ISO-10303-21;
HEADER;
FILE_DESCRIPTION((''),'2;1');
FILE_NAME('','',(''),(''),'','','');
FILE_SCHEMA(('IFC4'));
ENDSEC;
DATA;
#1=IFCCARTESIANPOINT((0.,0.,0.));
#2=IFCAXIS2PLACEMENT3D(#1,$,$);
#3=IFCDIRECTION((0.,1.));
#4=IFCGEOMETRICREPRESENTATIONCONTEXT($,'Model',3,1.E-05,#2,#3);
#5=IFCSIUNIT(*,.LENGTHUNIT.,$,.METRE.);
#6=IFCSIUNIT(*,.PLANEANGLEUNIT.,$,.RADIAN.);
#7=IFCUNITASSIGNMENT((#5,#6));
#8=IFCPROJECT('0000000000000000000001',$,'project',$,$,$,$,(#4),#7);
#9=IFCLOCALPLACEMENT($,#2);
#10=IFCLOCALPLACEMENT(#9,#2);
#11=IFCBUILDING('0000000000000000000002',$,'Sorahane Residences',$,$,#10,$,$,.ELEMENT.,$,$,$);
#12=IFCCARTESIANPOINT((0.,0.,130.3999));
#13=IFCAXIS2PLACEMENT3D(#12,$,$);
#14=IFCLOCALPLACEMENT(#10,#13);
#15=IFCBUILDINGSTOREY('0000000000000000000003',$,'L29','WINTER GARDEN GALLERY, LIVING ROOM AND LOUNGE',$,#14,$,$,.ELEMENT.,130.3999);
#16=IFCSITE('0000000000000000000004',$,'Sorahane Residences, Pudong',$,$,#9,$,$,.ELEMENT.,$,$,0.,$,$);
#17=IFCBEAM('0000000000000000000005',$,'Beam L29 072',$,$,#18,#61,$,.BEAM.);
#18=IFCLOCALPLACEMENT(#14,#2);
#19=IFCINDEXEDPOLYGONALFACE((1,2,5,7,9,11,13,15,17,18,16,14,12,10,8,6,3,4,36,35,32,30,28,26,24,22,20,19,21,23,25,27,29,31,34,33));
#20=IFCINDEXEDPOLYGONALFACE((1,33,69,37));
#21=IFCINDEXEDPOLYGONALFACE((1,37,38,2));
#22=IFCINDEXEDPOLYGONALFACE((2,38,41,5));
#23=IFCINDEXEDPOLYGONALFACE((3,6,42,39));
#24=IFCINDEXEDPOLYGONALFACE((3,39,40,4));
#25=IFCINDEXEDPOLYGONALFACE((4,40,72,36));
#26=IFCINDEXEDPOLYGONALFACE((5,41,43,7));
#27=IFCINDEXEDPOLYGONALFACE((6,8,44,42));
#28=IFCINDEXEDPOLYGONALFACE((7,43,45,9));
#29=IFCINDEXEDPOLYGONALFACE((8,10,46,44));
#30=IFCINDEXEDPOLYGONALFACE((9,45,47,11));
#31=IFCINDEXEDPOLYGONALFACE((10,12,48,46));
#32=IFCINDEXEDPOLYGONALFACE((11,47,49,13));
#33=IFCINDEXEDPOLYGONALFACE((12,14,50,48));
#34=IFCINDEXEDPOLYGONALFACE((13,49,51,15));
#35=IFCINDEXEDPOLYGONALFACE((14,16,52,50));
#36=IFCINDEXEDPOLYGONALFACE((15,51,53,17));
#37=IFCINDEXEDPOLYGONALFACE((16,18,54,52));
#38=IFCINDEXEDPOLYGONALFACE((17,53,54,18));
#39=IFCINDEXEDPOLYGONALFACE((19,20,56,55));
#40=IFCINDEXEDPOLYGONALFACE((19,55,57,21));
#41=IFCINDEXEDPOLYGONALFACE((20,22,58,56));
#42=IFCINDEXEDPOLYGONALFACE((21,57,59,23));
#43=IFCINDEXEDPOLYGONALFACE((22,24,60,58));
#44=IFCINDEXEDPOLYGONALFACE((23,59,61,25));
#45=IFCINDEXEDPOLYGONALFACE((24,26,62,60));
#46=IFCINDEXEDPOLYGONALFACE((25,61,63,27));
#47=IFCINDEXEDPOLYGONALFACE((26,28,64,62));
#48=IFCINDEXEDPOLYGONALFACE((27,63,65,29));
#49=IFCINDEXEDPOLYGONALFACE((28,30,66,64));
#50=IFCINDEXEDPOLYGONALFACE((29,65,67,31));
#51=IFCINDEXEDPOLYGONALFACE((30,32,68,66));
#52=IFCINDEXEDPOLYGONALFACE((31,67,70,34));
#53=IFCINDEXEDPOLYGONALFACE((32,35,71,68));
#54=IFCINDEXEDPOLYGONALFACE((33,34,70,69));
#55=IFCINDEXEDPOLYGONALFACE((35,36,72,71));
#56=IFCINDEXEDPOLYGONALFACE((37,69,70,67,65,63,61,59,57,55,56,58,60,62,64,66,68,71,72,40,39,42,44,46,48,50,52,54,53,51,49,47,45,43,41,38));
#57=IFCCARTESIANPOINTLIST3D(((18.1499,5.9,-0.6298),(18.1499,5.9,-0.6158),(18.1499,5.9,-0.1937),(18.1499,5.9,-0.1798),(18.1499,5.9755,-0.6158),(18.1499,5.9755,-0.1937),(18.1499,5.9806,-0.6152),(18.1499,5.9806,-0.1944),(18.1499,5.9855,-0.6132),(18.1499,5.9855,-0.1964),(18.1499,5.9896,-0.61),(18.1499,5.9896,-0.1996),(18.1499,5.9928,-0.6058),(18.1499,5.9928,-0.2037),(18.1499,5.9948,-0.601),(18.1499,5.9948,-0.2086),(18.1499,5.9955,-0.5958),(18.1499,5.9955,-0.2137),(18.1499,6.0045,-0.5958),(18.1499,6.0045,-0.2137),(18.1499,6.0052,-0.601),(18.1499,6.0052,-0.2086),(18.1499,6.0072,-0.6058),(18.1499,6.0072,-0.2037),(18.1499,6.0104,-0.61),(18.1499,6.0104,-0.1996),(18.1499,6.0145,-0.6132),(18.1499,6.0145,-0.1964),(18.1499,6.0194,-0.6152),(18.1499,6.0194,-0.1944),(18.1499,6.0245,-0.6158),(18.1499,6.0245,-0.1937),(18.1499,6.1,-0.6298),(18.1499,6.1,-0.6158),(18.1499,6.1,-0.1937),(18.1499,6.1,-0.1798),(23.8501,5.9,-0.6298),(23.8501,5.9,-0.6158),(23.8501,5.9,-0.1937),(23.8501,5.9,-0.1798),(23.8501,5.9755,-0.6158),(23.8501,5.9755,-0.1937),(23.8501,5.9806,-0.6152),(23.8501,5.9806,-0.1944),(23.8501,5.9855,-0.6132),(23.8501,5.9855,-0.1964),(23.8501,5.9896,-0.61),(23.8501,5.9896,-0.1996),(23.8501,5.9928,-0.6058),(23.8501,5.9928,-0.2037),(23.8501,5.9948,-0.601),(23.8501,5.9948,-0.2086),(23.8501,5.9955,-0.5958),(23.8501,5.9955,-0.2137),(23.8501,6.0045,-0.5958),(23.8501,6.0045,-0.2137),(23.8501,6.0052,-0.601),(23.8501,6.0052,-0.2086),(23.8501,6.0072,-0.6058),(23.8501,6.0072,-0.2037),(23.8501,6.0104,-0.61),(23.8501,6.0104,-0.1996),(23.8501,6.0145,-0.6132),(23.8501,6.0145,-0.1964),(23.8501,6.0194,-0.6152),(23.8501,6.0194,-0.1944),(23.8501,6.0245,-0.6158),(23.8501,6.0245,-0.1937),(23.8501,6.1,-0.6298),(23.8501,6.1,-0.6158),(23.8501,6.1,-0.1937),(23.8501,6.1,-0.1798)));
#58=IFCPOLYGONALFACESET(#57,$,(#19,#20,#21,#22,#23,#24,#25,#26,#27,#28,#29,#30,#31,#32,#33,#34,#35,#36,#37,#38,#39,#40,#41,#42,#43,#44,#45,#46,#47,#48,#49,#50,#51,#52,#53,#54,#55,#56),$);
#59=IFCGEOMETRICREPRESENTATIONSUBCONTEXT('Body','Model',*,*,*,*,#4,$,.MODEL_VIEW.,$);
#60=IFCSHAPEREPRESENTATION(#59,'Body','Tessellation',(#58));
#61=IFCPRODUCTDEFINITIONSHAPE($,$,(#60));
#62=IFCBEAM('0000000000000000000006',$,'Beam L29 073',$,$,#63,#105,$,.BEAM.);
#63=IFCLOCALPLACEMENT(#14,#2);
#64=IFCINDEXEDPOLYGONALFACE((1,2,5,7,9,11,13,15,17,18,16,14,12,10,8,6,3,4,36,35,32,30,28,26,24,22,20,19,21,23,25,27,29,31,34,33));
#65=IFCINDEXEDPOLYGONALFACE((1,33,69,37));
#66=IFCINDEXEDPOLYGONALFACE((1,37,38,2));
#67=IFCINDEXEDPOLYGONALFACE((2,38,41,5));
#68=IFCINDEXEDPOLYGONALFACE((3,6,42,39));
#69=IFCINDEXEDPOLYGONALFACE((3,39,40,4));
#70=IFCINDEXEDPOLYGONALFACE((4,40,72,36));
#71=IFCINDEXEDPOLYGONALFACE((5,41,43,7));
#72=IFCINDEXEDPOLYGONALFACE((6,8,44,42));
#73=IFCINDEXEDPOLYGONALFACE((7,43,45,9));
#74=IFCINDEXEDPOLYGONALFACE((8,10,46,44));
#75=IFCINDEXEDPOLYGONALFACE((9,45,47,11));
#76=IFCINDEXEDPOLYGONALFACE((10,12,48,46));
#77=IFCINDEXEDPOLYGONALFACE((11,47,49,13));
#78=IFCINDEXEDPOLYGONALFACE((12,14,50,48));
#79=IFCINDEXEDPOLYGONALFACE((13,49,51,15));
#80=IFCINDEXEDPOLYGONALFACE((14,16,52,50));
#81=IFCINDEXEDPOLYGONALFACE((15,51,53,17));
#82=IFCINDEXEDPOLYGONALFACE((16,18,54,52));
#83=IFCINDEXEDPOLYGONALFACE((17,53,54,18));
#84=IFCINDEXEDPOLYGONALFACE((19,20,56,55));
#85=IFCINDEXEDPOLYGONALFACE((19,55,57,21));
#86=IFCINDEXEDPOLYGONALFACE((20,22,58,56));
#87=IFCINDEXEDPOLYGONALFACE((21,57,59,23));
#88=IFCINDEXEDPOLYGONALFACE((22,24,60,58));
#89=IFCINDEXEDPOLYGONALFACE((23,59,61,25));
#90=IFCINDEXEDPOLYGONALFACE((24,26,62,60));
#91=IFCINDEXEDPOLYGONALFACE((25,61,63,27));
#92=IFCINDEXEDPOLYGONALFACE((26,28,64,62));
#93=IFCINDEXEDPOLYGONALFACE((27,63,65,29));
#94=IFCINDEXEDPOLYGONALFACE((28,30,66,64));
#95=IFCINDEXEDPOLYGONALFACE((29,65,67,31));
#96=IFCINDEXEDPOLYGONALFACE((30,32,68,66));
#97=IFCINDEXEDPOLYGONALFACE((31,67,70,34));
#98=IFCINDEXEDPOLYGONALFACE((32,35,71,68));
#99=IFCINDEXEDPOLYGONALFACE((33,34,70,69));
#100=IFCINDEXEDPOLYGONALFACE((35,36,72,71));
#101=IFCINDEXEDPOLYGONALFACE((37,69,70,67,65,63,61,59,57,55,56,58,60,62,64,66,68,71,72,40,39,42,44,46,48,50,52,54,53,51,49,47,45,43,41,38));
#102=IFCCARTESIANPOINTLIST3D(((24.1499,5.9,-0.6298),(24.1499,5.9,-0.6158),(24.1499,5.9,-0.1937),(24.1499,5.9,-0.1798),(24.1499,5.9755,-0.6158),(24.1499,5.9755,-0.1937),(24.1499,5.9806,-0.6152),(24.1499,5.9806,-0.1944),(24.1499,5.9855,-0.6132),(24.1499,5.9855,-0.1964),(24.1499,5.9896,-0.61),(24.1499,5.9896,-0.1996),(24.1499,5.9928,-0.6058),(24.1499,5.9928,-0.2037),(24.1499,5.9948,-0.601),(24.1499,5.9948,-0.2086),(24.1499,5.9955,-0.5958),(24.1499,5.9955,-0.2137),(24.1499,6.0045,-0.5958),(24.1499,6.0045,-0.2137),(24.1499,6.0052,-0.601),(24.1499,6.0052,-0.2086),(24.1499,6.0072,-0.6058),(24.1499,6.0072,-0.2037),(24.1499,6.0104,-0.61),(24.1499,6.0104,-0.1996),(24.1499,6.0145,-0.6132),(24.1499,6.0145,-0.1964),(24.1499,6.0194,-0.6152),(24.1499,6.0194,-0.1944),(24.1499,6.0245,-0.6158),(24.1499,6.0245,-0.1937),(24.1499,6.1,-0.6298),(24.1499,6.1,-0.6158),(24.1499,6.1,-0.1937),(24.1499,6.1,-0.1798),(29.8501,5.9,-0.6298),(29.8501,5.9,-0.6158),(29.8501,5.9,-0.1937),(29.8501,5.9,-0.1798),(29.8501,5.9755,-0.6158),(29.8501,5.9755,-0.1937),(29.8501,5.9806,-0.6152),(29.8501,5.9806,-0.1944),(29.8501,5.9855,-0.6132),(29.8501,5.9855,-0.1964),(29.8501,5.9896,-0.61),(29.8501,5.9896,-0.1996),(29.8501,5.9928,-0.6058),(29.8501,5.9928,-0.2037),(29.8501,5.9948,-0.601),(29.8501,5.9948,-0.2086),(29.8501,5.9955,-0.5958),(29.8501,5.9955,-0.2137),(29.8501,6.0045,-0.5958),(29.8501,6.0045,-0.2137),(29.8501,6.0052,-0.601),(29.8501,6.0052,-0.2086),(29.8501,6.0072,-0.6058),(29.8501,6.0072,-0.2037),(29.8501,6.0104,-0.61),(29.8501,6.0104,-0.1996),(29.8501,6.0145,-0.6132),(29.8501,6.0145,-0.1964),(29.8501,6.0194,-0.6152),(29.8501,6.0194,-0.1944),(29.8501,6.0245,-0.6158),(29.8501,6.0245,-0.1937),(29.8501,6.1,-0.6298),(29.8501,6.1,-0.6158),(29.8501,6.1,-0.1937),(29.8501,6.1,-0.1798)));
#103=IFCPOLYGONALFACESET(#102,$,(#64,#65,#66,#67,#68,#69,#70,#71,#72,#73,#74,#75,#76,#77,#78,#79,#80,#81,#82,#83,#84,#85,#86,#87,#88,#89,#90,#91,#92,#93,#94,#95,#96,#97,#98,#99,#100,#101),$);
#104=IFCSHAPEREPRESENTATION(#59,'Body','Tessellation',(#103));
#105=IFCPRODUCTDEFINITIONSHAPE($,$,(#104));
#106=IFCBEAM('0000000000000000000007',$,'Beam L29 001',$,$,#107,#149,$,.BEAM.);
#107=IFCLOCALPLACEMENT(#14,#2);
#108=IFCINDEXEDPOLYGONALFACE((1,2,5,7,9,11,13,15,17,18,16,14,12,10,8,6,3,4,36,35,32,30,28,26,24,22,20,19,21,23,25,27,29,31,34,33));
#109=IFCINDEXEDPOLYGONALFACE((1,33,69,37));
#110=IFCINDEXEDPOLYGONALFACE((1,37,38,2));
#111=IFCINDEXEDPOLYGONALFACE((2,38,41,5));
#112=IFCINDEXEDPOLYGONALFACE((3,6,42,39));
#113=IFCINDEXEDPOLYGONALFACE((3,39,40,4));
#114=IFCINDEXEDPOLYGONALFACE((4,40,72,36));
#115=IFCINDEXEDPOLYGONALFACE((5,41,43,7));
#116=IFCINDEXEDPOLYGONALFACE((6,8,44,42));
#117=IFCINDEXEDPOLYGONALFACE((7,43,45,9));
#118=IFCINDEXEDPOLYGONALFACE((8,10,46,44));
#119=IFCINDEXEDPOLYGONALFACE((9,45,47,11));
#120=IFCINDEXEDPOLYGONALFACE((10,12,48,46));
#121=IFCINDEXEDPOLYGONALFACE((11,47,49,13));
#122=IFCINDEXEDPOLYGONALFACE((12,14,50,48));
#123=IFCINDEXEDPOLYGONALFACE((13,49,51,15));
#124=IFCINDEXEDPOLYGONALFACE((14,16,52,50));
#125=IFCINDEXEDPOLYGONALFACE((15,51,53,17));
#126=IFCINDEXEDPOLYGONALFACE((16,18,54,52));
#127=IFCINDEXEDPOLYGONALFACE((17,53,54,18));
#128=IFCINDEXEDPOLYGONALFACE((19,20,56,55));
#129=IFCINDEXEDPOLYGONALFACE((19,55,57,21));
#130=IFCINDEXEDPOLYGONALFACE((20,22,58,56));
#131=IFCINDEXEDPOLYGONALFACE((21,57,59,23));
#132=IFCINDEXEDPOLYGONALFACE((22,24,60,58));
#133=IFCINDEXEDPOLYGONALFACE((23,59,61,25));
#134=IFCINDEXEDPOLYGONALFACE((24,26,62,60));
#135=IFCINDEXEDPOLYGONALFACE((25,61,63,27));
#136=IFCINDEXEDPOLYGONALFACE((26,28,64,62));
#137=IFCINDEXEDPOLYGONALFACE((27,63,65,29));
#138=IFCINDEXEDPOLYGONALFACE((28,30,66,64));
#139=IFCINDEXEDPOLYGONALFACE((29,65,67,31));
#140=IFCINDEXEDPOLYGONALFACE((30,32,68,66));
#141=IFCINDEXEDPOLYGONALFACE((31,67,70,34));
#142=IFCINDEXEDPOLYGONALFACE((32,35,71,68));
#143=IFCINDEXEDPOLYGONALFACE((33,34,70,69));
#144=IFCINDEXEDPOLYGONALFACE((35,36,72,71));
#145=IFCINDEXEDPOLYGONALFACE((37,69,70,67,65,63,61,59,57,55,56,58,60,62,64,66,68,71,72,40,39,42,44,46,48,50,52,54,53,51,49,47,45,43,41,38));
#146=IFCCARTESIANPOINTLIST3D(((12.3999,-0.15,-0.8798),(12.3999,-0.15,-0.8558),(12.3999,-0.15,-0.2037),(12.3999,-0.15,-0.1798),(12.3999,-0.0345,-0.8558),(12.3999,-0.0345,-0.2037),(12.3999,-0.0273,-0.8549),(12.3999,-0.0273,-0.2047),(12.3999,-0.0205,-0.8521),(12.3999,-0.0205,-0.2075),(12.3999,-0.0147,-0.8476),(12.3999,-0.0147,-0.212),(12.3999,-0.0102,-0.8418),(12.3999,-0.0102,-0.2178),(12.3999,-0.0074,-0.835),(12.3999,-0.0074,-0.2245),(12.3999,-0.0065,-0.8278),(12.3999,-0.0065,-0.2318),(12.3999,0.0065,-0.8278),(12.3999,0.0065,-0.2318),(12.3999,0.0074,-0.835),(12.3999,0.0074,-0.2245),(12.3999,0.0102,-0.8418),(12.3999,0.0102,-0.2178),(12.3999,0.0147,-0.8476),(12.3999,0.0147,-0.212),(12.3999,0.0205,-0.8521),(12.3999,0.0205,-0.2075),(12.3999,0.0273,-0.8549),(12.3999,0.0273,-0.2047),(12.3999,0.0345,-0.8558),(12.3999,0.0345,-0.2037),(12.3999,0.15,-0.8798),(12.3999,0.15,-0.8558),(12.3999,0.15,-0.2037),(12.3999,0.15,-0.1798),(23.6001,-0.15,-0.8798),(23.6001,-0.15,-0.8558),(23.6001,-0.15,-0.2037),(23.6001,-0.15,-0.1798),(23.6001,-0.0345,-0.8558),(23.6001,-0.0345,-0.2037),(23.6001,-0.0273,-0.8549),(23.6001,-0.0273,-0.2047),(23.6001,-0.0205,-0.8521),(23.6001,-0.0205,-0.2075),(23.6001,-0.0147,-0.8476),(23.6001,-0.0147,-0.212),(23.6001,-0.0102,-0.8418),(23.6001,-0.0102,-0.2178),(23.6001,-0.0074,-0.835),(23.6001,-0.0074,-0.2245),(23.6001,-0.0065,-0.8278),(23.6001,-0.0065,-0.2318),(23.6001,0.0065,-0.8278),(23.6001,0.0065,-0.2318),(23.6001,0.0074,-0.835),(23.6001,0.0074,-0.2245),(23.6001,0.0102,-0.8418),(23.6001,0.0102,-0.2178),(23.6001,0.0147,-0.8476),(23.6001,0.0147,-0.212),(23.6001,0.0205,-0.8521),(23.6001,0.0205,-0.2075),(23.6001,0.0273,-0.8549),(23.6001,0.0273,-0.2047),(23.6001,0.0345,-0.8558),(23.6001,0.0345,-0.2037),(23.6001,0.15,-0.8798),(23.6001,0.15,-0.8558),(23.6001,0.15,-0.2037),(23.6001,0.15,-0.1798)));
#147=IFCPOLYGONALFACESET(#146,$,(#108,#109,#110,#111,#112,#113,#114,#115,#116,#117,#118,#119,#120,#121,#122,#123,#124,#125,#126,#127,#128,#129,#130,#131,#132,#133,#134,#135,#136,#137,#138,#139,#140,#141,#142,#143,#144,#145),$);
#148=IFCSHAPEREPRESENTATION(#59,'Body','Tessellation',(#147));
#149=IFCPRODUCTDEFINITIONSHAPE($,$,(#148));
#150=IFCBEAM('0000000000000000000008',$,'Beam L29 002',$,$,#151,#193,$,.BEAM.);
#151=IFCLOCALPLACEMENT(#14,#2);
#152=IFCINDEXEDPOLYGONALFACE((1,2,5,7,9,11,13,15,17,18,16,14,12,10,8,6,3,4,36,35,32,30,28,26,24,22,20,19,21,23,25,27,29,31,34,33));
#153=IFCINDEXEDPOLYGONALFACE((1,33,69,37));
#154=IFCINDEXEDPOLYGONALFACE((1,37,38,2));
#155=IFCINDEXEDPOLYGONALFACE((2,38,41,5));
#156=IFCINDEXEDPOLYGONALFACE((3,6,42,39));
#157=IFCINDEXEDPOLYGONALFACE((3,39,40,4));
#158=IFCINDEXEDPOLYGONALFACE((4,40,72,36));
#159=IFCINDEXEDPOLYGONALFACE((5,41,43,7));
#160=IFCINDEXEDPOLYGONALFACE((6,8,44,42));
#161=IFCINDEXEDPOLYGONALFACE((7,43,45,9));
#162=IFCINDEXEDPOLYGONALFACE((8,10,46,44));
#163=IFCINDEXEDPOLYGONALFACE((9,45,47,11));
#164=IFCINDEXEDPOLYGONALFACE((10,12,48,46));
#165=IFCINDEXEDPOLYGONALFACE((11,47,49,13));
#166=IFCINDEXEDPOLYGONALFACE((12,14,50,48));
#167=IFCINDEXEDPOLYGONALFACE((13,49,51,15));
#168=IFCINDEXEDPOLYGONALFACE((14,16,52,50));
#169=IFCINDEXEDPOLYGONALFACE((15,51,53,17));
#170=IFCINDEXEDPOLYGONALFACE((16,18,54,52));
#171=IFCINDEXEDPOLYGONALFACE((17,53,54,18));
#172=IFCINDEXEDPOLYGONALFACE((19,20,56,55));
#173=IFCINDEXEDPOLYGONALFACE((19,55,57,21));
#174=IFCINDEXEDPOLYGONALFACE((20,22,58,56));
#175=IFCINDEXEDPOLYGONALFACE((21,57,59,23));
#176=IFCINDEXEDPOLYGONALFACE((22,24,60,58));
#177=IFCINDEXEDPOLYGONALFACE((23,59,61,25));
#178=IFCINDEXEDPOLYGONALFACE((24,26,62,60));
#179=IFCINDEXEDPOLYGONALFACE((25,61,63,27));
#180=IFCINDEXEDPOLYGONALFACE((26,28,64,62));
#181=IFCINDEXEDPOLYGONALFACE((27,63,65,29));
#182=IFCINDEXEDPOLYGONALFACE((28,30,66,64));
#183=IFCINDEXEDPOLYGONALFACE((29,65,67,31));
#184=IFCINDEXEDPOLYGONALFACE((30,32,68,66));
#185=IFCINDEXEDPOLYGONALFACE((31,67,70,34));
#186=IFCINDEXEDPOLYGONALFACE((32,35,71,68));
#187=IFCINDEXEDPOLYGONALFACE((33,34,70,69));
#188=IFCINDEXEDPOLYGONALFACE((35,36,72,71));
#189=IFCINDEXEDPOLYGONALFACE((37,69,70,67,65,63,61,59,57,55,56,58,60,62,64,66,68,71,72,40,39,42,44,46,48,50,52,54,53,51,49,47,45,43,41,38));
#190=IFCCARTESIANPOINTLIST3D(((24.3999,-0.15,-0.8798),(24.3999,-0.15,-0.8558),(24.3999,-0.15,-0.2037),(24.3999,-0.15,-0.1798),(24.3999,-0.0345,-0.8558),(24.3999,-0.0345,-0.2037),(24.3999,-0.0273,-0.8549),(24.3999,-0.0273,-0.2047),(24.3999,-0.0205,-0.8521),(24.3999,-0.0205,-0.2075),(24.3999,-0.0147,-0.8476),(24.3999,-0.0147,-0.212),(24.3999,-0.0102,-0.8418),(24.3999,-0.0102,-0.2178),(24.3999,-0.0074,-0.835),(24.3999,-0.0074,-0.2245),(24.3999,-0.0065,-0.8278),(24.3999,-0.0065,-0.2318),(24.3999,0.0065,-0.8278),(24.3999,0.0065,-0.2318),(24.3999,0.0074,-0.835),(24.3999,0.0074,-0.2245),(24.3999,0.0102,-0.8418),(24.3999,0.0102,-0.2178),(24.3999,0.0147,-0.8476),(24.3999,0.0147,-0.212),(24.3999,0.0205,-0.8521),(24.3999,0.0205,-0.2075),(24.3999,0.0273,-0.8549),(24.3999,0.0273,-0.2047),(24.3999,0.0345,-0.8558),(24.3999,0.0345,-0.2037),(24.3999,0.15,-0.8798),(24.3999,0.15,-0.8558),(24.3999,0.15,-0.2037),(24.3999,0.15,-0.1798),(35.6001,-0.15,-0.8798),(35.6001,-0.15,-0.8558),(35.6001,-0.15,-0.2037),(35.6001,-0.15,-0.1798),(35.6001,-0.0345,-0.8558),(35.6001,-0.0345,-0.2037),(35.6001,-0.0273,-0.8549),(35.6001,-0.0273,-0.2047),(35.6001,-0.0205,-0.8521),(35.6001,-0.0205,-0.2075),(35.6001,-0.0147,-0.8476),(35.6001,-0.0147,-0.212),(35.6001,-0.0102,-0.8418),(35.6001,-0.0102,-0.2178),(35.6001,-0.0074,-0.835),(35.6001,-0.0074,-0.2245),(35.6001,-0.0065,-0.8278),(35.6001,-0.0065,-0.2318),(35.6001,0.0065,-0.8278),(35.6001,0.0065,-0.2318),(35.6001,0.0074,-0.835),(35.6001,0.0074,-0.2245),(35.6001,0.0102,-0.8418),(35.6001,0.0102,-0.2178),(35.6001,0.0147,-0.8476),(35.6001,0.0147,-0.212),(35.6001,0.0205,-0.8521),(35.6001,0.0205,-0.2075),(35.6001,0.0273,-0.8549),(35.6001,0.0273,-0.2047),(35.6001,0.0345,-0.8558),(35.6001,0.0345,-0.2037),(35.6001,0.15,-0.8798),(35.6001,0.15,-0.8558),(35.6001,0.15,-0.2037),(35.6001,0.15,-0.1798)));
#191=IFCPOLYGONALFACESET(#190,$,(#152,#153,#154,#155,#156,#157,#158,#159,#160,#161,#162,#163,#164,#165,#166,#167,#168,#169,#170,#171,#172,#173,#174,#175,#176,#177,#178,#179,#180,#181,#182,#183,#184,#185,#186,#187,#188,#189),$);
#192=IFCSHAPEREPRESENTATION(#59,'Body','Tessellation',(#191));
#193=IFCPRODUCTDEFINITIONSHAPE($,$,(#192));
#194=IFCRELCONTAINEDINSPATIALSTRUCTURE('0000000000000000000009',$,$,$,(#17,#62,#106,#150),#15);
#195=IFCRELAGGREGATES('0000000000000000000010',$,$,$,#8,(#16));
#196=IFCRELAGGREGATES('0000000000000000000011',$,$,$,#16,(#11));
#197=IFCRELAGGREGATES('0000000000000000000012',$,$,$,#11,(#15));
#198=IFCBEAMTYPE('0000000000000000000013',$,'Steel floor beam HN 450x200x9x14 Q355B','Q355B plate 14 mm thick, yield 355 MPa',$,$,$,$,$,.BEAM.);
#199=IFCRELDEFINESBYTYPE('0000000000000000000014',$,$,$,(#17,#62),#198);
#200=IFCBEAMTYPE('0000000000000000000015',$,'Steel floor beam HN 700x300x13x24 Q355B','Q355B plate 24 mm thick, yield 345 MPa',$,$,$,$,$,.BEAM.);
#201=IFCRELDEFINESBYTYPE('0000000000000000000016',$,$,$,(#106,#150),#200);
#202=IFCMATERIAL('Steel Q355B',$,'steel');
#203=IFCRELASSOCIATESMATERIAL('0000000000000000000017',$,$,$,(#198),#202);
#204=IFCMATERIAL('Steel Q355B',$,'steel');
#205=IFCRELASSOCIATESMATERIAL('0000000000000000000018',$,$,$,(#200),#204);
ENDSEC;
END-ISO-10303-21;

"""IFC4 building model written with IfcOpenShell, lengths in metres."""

from ifc_helpers import new_model, si_unit, direction, frame, origin, origin_2d, place, context, subcontext, project, spatial, i_section, extrude, material, material_profile, profile_set, type_object, element, save


model = new_model("IFC4")

# Units and contexts
model_context = context("Model", 3, precision=1e-05, world=origin(), true_north=direction((0.0, 1.0)))
body_context = subcontext(model_context, "Body", "Model", "MODEL_VIEW")
ifc_project = project(units=[si_unit("LENGTHUNIT", "METRE"), si_unit("PLANEANGLEUNIT", "RADIAN")], contexts=[model_context])

# Site, building, storey
site_placement = place(None, origin())
site = spatial("IfcSite", under=ifc_project, at=site_placement, Name="Sorahane Residences, Pudong", CompositionType="ELEMENT", RefElevation=0.0)
building_placement = place(site_placement, origin())
building = spatial("IfcBuilding", under=site, at=building_placement, Name="Sorahane Residences", CompositionType="ELEMENT")
storey_placement = place(building_placement, frame((0.0, 0.0, 130.3999)))
storey = spatial("IfcBuildingStorey", under=building, at=storey_placement, Name="L29", Description="WINTER GARDEN GALLERY, LIVING ROOM AND LOUNGE", CompositionType="ELEMENT", Elevation=130.3999)

# Beams
ifc_material_1 = material(Name="Steel Q355B", Category="steel")
ifc_material_profile_1 = material_profile(ifc_material_1, i_section(OverallWidth=0.2, OverallDepth=0.45, WebThickness=0.009, FlangeThickness=0.0139, FilletRadius=0.02, at=origin_2d()), Name="HN 450x200x9x14")
ifc_profile_set_1 = profile_set([ifc_material_profile_1], Name="Steel Q355B")
beam_type_1 = type_object("IfcBeamType", Name="Steel floor beam HN 450x200x9x14 Q355B", Description="Q355B plate 14 mm thick, yield 355 MPa", PredefinedType="BEAM", material=ifc_profile_set_1)
for number, where, z_axis, x_axis, name in (
    (1, (18.1499, 6.0, -0.4048), (1.0, 0.0, 0.0), (0.0, 1.0, 0.0), "Beam L29 072"),
    (2, (24.1499, 6.0, -0.4048), (1.0, 0.0, 0.0), (0.0, 1.0, 0.0), "Beam L29 073"),
):
    element("IfcBeam", number, at=place(storey_placement, frame(where, z_axis=z_axis, x_axis=x_axis)), inside=storey, type_object=beam_type_1, Name=name, PredefinedType="BEAM", context=body_context, shape_type="SweptSolid", body=[
        extrude(i_section(OverallWidth=0.2, OverallDepth=0.45, WebThickness=0.009, FlangeThickness=0.0139, FilletRadius=0.02, at=origin_2d()), origin(), (0.0, 0.0, 1.0), 5.7002),
    ])
ifc_material_2 = material(Name="Steel Q355B", Category="steel")
ifc_material_profile_2 = material_profile(ifc_material_2, i_section(OverallWidth=0.3, OverallDepth=0.7, WebThickness=0.0129, FlangeThickness=0.0239, FilletRadius=0.0281, at=origin_2d()), Name="HN 700x300x13x24")
ifc_profile_set_2 = profile_set([ifc_material_profile_2], Name="Steel Q355B")
beam_type_2 = type_object("IfcBeamType", Name="Steel floor beam HN 700x300x13x24 Q355B", Description="Q355B plate 24 mm thick, yield 345 MPa", PredefinedType="BEAM", material=ifc_profile_set_2)
for number, where, z_axis, x_axis, name in (
    (3, (12.3999, 0.0, -0.5298), (1.0, 0.0, 0.0), (0.0, 1.0, 0.0), "Beam L29 001"),
    (4, (24.3999, 0.0, -0.5298), (1.0, 0.0, 0.0), (0.0, 1.0, 0.0), "Beam L29 002"),
):
    element("IfcBeam", number, at=place(storey_placement, frame(where, z_axis=z_axis, x_axis=x_axis)), inside=storey, type_object=beam_type_2, Name=name, PredefinedType="BEAM", context=body_context, shape_type="SweptSolid", body=[
        extrude(i_section(OverallWidth=0.3, OverallDepth=0.7, WebThickness=0.0129, FlangeThickness=0.0239, FilletRadius=0.0281, at=origin_2d()), origin(), (0.0, 0.0, 1.0), 11.2002),
    ])

save(model, "model.ifc")
